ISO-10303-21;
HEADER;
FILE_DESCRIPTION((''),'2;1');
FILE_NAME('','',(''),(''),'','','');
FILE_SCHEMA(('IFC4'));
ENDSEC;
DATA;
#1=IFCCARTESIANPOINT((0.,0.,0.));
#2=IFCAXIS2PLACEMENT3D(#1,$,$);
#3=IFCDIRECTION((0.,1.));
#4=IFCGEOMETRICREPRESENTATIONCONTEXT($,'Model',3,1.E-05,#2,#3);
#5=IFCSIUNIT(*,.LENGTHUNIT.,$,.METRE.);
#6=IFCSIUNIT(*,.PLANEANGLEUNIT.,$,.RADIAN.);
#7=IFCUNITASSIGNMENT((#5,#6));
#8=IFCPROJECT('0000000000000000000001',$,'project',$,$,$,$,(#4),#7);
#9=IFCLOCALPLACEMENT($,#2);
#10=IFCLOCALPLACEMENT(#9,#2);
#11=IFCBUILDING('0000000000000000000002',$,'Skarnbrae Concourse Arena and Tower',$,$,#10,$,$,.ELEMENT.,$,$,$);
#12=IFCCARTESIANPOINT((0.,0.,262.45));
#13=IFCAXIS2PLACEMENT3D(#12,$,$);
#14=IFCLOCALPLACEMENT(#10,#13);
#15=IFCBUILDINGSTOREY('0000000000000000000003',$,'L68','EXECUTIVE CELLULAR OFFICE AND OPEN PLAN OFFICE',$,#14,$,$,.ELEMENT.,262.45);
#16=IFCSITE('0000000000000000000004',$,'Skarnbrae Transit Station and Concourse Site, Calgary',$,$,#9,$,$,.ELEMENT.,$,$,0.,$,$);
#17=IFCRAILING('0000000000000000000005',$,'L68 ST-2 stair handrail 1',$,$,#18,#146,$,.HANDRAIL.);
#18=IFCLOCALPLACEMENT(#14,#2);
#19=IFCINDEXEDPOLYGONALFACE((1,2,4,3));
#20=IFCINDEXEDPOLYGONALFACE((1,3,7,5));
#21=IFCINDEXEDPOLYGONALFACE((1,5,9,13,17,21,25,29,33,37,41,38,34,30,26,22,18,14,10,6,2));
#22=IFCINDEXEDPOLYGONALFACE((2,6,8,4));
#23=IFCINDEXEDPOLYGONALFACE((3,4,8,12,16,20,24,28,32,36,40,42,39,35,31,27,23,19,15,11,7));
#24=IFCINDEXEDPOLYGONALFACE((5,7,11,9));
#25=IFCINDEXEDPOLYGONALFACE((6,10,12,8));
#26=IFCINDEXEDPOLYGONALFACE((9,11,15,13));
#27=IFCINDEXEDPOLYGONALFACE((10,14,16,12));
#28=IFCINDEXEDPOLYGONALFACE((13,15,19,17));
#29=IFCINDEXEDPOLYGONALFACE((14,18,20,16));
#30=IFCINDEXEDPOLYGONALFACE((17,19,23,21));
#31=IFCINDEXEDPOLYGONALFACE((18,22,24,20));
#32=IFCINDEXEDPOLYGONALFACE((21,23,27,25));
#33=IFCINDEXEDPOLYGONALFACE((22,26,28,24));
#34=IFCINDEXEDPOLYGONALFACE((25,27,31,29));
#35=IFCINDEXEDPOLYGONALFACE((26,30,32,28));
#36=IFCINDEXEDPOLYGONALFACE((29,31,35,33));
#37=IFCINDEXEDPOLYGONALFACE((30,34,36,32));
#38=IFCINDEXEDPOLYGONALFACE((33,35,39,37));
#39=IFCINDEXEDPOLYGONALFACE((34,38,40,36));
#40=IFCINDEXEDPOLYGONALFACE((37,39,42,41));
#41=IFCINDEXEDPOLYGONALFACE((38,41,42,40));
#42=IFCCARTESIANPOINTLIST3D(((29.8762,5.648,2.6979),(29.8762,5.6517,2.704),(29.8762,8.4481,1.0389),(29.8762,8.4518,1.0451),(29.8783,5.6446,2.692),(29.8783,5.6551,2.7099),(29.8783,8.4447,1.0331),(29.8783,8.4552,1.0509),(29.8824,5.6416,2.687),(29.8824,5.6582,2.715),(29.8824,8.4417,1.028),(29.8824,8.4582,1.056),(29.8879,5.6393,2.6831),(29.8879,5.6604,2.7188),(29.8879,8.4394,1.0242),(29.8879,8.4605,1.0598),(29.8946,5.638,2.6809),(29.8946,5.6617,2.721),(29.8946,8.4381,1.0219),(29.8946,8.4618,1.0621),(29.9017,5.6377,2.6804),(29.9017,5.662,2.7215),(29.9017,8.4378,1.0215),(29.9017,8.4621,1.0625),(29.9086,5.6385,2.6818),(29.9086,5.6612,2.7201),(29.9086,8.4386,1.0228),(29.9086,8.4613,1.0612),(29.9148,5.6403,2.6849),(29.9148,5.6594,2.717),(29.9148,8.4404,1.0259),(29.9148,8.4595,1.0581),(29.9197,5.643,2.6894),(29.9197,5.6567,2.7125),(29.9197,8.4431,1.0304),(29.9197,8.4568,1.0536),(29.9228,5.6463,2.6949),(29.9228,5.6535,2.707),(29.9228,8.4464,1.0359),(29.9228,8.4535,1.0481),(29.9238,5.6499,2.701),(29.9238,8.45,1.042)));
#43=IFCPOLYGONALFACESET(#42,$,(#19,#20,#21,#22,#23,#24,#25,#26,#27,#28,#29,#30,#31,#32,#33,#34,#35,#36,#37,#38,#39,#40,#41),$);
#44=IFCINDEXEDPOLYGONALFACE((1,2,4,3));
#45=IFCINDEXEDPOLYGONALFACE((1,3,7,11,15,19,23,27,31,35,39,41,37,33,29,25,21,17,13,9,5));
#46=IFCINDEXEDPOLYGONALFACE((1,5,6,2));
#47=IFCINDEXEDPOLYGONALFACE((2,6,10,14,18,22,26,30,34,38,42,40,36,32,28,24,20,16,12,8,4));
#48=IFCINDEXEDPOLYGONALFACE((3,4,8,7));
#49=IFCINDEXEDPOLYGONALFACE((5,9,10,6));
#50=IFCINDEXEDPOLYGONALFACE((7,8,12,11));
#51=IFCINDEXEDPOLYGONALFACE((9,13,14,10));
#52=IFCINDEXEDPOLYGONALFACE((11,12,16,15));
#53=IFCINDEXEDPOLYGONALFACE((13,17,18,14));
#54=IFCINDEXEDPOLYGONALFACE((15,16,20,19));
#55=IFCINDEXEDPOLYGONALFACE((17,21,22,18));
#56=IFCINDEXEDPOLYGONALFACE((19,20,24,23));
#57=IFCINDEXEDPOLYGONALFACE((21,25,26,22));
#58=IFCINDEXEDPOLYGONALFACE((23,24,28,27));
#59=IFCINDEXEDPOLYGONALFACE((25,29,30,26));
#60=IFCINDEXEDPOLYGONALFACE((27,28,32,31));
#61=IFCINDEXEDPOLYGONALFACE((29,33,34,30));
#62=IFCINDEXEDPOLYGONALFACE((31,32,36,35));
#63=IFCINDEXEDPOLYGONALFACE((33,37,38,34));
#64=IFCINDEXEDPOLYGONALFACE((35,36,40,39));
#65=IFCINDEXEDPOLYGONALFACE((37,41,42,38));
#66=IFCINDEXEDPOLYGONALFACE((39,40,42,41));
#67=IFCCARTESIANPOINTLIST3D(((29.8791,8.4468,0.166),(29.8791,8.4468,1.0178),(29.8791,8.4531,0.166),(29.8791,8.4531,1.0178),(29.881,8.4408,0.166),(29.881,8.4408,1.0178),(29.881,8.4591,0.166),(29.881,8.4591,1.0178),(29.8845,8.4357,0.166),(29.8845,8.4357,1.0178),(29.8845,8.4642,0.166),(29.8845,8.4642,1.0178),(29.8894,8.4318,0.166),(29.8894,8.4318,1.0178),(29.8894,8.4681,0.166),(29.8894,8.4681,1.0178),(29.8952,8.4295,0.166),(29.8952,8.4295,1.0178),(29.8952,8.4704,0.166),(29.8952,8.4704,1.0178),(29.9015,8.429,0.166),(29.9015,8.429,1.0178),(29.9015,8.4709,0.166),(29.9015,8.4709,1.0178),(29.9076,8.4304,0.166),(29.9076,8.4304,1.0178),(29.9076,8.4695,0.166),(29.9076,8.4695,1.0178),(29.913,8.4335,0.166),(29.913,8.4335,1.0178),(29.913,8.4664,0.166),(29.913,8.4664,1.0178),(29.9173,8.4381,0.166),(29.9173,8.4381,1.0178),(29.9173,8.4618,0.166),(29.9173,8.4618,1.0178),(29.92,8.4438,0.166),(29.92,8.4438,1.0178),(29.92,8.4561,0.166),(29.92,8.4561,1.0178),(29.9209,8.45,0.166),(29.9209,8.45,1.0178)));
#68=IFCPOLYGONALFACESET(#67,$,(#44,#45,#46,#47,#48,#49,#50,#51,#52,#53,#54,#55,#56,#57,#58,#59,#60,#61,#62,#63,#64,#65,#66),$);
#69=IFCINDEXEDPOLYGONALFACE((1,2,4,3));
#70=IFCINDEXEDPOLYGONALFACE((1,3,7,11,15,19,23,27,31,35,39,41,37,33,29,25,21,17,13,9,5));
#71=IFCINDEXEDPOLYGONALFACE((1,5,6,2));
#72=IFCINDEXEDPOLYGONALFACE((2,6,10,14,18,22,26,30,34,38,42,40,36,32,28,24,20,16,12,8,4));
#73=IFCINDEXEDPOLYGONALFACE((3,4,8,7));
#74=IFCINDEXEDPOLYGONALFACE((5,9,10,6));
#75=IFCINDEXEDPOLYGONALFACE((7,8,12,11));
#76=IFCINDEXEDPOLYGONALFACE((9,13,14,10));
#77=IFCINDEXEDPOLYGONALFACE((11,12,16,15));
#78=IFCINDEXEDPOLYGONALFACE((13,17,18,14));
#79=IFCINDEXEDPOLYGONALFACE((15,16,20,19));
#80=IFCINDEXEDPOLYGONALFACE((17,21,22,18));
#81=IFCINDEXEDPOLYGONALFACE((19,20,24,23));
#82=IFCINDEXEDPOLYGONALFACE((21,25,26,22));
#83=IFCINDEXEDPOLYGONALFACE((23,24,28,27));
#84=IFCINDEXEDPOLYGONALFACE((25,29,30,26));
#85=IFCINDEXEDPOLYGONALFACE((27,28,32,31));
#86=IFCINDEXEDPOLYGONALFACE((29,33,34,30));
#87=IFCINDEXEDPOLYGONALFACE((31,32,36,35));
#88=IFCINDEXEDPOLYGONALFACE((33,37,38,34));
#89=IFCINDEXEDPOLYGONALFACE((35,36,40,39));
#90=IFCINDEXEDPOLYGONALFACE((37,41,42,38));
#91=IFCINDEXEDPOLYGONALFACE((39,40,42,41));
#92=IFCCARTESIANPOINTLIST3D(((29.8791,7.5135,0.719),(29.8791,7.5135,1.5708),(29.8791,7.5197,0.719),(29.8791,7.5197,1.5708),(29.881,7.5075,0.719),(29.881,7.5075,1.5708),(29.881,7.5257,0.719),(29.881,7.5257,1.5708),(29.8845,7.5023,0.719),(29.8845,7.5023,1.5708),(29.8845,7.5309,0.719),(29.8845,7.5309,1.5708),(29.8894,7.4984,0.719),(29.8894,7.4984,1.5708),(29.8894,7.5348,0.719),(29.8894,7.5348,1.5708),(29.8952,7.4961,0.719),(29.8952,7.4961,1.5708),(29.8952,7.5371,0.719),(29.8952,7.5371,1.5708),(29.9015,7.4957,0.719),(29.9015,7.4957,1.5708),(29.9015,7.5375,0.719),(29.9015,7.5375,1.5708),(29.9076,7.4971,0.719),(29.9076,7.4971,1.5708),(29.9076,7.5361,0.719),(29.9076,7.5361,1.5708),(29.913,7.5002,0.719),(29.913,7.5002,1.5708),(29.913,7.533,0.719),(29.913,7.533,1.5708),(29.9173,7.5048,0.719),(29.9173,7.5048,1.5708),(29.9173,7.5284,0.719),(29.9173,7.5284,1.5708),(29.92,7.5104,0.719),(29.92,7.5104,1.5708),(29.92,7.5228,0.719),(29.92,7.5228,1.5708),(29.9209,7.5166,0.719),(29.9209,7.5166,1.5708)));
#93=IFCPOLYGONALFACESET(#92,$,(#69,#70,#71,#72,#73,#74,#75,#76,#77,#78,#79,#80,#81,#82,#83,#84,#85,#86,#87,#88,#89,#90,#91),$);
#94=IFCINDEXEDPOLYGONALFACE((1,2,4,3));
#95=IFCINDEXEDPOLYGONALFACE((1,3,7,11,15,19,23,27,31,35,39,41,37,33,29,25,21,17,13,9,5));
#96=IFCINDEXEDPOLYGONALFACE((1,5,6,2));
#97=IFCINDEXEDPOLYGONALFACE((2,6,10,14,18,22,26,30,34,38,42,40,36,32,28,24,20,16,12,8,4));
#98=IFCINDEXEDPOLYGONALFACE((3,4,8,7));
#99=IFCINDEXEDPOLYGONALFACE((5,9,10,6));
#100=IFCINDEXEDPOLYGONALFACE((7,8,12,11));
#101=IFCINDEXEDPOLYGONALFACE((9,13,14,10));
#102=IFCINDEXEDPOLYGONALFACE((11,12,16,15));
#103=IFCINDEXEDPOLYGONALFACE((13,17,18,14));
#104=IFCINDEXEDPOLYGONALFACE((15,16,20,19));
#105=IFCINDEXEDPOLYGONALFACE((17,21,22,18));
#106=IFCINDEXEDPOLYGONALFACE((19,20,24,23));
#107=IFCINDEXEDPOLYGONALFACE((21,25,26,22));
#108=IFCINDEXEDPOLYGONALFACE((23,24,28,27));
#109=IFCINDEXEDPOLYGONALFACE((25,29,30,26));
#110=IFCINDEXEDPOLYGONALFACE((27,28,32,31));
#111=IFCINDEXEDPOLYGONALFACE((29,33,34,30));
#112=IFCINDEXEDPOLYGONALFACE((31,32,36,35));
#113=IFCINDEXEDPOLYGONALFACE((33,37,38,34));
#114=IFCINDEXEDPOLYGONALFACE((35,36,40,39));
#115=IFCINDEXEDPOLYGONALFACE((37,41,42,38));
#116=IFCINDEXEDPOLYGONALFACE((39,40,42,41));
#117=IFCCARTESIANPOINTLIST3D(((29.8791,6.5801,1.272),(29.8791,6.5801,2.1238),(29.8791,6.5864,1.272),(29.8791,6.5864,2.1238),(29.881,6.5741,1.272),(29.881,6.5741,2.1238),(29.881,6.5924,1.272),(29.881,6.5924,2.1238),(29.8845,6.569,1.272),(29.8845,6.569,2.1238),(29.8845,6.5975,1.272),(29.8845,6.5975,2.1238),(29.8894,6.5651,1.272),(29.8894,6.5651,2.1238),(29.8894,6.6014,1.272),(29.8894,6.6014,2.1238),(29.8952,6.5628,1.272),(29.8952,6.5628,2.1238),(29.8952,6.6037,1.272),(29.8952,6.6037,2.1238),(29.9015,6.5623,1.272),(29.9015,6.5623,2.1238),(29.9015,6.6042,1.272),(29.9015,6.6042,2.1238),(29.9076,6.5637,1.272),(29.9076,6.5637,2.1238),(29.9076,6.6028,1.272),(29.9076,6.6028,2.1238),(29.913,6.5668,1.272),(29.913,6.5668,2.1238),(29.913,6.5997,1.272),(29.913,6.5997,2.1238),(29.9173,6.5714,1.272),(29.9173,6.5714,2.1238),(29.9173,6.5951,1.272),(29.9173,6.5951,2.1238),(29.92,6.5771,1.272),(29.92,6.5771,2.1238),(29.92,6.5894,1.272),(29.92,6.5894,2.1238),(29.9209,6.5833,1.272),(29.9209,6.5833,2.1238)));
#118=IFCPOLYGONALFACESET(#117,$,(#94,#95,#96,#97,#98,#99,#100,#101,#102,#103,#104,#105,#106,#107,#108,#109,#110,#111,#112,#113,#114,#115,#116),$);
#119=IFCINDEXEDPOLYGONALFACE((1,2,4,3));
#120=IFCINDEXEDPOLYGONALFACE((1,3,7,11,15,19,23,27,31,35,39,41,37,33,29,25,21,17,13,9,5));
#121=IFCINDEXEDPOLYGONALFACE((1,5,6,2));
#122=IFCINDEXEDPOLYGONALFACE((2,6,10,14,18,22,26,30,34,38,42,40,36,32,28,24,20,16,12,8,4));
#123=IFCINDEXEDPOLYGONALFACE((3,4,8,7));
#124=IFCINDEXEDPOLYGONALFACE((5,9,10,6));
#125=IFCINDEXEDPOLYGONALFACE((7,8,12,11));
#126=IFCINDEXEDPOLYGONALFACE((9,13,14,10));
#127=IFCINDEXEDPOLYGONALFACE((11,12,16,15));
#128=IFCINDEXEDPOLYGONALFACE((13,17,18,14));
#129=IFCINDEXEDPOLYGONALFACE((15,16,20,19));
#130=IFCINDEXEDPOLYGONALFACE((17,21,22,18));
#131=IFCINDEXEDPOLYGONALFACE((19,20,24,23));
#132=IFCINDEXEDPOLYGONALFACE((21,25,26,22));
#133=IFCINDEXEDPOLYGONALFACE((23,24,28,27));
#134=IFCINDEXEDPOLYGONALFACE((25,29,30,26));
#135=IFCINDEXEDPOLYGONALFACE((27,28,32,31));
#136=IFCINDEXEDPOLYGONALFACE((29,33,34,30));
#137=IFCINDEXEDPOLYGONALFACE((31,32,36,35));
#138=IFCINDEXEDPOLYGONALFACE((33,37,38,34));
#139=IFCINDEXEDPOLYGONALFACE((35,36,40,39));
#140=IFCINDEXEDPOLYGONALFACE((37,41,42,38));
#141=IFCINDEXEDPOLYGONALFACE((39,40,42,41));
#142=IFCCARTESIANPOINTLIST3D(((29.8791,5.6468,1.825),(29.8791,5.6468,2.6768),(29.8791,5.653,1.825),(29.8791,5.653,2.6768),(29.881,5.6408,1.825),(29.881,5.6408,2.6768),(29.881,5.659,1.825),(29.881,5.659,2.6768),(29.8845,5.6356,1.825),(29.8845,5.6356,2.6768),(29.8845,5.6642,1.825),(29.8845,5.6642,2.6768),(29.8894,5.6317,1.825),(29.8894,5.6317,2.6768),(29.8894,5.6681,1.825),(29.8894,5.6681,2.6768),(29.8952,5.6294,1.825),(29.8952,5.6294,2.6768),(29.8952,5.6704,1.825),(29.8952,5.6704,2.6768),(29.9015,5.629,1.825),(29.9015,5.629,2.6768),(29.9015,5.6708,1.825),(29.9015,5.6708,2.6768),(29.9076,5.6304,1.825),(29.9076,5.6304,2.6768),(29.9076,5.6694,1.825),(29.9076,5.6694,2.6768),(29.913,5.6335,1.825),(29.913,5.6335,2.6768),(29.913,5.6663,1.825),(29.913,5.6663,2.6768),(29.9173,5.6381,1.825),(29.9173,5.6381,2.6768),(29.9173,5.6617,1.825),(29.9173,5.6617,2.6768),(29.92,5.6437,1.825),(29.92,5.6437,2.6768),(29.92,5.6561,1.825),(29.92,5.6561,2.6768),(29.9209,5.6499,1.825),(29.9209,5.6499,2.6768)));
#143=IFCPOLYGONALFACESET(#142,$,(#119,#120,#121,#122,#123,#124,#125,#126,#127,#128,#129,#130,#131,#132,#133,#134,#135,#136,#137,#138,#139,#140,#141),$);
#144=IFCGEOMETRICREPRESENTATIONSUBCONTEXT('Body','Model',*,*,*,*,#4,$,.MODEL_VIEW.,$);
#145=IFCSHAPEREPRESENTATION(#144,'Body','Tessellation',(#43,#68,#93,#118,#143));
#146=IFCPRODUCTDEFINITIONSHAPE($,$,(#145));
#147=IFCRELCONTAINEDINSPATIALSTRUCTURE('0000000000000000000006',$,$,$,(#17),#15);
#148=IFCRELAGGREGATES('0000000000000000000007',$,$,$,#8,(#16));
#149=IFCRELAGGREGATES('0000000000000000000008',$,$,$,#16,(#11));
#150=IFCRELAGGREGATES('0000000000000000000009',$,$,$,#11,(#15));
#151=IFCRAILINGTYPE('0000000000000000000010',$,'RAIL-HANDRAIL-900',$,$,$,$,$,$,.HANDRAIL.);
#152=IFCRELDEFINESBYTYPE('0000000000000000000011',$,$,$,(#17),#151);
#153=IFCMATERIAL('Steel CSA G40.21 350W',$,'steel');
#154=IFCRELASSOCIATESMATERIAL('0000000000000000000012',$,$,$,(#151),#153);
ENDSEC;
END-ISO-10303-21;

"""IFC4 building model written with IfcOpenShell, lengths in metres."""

from ifc_helpers import new_model, si_unit, direction, frame, origin, origin_2d, place, context, subcontext, project, spatial, circle, extrude, material, type_object, element, save


model = new_model("IFC4")

# Units and contexts
model_context = context("Model", 3, precision=1e-05, world=origin(), true_north=direction((0.0, 1.0)))
body_context = subcontext(model_context, "Body", "Model", "MODEL_VIEW")
ifc_project = project(units=[si_unit("LENGTHUNIT", "METRE"), si_unit("PLANEANGLEUNIT", "RADIAN")], contexts=[model_context])

# Site, building, storey
site_placement = place(None, origin())
site = spatial("IfcSite", under=ifc_project, at=site_placement, Name="Skarnbrae Transit Station and Concourse Site, Calgary", CompositionType="ELEMENT", RefElevation=0.0)
building_placement = place(site_placement, origin())
building = spatial("IfcBuilding", under=site, at=building_placement, Name="Skarnbrae Concourse Arena and Tower", CompositionType="ELEMENT")
storey_placement = place(building_placement, frame((0.0, 0.0, 262.45)))
storey = spatial("IfcBuildingStorey", under=building, at=storey_placement, Name="L68", Description="EXECUTIVE CELLULAR OFFICE AND OPEN PLAN OFFICE", CompositionType="ELEMENT", Elevation=262.45)

# Shared definitions
ifc_material_1 = material(Name="Steel CSA G40.21 350W", Category="steel")

# Railing
railing_type_1 = type_object("IfcRailingType", Name="RAIL-HANDRAIL-900", PredefinedType="HANDRAIL", material=ifc_material_1)
railing_1_placement = place(storey_placement, frame((29.8999, 8.45, 0.166)))
element("IfcRailing", 1, at=railing_1_placement, inside=storey, type_object=railing_type_1, Name="L68 ST-2 stair handrail 1", PredefinedType="HANDRAIL", context=body_context, shape_type="SweptSolid", body=[
    extrude(circle(Radius=0.0239, at=origin_2d()), frame((0.0, 0.0, 0.876), z_axis=(0.0, -0.860339, 0.509722), x_axis=(1.0, 0.0, 0.0)), (0.0, 0.0, 1.0), 3.2546),
    extrude(circle(Radius=0.021, at=origin_2d()), origin(), (0.0, 0.0, 1.0), 0.8518),
    extrude(circle(Radius=0.021, at=origin_2d()), frame((0.0, -0.9333, 0.553)), (0.0, 0.0, 1.0), 0.8518),
    extrude(circle(Radius=0.021, at=origin_2d()), frame((0.0, -1.8667, 1.106)), (0.0, 0.0, 1.0), 0.8518),
    extrude(circle(Radius=0.021, at=origin_2d()), frame((0.0, -2.8, 1.6589)), (0.0, 0.0, 1.0), 0.8518),
])

save(model, "model.ifc")
